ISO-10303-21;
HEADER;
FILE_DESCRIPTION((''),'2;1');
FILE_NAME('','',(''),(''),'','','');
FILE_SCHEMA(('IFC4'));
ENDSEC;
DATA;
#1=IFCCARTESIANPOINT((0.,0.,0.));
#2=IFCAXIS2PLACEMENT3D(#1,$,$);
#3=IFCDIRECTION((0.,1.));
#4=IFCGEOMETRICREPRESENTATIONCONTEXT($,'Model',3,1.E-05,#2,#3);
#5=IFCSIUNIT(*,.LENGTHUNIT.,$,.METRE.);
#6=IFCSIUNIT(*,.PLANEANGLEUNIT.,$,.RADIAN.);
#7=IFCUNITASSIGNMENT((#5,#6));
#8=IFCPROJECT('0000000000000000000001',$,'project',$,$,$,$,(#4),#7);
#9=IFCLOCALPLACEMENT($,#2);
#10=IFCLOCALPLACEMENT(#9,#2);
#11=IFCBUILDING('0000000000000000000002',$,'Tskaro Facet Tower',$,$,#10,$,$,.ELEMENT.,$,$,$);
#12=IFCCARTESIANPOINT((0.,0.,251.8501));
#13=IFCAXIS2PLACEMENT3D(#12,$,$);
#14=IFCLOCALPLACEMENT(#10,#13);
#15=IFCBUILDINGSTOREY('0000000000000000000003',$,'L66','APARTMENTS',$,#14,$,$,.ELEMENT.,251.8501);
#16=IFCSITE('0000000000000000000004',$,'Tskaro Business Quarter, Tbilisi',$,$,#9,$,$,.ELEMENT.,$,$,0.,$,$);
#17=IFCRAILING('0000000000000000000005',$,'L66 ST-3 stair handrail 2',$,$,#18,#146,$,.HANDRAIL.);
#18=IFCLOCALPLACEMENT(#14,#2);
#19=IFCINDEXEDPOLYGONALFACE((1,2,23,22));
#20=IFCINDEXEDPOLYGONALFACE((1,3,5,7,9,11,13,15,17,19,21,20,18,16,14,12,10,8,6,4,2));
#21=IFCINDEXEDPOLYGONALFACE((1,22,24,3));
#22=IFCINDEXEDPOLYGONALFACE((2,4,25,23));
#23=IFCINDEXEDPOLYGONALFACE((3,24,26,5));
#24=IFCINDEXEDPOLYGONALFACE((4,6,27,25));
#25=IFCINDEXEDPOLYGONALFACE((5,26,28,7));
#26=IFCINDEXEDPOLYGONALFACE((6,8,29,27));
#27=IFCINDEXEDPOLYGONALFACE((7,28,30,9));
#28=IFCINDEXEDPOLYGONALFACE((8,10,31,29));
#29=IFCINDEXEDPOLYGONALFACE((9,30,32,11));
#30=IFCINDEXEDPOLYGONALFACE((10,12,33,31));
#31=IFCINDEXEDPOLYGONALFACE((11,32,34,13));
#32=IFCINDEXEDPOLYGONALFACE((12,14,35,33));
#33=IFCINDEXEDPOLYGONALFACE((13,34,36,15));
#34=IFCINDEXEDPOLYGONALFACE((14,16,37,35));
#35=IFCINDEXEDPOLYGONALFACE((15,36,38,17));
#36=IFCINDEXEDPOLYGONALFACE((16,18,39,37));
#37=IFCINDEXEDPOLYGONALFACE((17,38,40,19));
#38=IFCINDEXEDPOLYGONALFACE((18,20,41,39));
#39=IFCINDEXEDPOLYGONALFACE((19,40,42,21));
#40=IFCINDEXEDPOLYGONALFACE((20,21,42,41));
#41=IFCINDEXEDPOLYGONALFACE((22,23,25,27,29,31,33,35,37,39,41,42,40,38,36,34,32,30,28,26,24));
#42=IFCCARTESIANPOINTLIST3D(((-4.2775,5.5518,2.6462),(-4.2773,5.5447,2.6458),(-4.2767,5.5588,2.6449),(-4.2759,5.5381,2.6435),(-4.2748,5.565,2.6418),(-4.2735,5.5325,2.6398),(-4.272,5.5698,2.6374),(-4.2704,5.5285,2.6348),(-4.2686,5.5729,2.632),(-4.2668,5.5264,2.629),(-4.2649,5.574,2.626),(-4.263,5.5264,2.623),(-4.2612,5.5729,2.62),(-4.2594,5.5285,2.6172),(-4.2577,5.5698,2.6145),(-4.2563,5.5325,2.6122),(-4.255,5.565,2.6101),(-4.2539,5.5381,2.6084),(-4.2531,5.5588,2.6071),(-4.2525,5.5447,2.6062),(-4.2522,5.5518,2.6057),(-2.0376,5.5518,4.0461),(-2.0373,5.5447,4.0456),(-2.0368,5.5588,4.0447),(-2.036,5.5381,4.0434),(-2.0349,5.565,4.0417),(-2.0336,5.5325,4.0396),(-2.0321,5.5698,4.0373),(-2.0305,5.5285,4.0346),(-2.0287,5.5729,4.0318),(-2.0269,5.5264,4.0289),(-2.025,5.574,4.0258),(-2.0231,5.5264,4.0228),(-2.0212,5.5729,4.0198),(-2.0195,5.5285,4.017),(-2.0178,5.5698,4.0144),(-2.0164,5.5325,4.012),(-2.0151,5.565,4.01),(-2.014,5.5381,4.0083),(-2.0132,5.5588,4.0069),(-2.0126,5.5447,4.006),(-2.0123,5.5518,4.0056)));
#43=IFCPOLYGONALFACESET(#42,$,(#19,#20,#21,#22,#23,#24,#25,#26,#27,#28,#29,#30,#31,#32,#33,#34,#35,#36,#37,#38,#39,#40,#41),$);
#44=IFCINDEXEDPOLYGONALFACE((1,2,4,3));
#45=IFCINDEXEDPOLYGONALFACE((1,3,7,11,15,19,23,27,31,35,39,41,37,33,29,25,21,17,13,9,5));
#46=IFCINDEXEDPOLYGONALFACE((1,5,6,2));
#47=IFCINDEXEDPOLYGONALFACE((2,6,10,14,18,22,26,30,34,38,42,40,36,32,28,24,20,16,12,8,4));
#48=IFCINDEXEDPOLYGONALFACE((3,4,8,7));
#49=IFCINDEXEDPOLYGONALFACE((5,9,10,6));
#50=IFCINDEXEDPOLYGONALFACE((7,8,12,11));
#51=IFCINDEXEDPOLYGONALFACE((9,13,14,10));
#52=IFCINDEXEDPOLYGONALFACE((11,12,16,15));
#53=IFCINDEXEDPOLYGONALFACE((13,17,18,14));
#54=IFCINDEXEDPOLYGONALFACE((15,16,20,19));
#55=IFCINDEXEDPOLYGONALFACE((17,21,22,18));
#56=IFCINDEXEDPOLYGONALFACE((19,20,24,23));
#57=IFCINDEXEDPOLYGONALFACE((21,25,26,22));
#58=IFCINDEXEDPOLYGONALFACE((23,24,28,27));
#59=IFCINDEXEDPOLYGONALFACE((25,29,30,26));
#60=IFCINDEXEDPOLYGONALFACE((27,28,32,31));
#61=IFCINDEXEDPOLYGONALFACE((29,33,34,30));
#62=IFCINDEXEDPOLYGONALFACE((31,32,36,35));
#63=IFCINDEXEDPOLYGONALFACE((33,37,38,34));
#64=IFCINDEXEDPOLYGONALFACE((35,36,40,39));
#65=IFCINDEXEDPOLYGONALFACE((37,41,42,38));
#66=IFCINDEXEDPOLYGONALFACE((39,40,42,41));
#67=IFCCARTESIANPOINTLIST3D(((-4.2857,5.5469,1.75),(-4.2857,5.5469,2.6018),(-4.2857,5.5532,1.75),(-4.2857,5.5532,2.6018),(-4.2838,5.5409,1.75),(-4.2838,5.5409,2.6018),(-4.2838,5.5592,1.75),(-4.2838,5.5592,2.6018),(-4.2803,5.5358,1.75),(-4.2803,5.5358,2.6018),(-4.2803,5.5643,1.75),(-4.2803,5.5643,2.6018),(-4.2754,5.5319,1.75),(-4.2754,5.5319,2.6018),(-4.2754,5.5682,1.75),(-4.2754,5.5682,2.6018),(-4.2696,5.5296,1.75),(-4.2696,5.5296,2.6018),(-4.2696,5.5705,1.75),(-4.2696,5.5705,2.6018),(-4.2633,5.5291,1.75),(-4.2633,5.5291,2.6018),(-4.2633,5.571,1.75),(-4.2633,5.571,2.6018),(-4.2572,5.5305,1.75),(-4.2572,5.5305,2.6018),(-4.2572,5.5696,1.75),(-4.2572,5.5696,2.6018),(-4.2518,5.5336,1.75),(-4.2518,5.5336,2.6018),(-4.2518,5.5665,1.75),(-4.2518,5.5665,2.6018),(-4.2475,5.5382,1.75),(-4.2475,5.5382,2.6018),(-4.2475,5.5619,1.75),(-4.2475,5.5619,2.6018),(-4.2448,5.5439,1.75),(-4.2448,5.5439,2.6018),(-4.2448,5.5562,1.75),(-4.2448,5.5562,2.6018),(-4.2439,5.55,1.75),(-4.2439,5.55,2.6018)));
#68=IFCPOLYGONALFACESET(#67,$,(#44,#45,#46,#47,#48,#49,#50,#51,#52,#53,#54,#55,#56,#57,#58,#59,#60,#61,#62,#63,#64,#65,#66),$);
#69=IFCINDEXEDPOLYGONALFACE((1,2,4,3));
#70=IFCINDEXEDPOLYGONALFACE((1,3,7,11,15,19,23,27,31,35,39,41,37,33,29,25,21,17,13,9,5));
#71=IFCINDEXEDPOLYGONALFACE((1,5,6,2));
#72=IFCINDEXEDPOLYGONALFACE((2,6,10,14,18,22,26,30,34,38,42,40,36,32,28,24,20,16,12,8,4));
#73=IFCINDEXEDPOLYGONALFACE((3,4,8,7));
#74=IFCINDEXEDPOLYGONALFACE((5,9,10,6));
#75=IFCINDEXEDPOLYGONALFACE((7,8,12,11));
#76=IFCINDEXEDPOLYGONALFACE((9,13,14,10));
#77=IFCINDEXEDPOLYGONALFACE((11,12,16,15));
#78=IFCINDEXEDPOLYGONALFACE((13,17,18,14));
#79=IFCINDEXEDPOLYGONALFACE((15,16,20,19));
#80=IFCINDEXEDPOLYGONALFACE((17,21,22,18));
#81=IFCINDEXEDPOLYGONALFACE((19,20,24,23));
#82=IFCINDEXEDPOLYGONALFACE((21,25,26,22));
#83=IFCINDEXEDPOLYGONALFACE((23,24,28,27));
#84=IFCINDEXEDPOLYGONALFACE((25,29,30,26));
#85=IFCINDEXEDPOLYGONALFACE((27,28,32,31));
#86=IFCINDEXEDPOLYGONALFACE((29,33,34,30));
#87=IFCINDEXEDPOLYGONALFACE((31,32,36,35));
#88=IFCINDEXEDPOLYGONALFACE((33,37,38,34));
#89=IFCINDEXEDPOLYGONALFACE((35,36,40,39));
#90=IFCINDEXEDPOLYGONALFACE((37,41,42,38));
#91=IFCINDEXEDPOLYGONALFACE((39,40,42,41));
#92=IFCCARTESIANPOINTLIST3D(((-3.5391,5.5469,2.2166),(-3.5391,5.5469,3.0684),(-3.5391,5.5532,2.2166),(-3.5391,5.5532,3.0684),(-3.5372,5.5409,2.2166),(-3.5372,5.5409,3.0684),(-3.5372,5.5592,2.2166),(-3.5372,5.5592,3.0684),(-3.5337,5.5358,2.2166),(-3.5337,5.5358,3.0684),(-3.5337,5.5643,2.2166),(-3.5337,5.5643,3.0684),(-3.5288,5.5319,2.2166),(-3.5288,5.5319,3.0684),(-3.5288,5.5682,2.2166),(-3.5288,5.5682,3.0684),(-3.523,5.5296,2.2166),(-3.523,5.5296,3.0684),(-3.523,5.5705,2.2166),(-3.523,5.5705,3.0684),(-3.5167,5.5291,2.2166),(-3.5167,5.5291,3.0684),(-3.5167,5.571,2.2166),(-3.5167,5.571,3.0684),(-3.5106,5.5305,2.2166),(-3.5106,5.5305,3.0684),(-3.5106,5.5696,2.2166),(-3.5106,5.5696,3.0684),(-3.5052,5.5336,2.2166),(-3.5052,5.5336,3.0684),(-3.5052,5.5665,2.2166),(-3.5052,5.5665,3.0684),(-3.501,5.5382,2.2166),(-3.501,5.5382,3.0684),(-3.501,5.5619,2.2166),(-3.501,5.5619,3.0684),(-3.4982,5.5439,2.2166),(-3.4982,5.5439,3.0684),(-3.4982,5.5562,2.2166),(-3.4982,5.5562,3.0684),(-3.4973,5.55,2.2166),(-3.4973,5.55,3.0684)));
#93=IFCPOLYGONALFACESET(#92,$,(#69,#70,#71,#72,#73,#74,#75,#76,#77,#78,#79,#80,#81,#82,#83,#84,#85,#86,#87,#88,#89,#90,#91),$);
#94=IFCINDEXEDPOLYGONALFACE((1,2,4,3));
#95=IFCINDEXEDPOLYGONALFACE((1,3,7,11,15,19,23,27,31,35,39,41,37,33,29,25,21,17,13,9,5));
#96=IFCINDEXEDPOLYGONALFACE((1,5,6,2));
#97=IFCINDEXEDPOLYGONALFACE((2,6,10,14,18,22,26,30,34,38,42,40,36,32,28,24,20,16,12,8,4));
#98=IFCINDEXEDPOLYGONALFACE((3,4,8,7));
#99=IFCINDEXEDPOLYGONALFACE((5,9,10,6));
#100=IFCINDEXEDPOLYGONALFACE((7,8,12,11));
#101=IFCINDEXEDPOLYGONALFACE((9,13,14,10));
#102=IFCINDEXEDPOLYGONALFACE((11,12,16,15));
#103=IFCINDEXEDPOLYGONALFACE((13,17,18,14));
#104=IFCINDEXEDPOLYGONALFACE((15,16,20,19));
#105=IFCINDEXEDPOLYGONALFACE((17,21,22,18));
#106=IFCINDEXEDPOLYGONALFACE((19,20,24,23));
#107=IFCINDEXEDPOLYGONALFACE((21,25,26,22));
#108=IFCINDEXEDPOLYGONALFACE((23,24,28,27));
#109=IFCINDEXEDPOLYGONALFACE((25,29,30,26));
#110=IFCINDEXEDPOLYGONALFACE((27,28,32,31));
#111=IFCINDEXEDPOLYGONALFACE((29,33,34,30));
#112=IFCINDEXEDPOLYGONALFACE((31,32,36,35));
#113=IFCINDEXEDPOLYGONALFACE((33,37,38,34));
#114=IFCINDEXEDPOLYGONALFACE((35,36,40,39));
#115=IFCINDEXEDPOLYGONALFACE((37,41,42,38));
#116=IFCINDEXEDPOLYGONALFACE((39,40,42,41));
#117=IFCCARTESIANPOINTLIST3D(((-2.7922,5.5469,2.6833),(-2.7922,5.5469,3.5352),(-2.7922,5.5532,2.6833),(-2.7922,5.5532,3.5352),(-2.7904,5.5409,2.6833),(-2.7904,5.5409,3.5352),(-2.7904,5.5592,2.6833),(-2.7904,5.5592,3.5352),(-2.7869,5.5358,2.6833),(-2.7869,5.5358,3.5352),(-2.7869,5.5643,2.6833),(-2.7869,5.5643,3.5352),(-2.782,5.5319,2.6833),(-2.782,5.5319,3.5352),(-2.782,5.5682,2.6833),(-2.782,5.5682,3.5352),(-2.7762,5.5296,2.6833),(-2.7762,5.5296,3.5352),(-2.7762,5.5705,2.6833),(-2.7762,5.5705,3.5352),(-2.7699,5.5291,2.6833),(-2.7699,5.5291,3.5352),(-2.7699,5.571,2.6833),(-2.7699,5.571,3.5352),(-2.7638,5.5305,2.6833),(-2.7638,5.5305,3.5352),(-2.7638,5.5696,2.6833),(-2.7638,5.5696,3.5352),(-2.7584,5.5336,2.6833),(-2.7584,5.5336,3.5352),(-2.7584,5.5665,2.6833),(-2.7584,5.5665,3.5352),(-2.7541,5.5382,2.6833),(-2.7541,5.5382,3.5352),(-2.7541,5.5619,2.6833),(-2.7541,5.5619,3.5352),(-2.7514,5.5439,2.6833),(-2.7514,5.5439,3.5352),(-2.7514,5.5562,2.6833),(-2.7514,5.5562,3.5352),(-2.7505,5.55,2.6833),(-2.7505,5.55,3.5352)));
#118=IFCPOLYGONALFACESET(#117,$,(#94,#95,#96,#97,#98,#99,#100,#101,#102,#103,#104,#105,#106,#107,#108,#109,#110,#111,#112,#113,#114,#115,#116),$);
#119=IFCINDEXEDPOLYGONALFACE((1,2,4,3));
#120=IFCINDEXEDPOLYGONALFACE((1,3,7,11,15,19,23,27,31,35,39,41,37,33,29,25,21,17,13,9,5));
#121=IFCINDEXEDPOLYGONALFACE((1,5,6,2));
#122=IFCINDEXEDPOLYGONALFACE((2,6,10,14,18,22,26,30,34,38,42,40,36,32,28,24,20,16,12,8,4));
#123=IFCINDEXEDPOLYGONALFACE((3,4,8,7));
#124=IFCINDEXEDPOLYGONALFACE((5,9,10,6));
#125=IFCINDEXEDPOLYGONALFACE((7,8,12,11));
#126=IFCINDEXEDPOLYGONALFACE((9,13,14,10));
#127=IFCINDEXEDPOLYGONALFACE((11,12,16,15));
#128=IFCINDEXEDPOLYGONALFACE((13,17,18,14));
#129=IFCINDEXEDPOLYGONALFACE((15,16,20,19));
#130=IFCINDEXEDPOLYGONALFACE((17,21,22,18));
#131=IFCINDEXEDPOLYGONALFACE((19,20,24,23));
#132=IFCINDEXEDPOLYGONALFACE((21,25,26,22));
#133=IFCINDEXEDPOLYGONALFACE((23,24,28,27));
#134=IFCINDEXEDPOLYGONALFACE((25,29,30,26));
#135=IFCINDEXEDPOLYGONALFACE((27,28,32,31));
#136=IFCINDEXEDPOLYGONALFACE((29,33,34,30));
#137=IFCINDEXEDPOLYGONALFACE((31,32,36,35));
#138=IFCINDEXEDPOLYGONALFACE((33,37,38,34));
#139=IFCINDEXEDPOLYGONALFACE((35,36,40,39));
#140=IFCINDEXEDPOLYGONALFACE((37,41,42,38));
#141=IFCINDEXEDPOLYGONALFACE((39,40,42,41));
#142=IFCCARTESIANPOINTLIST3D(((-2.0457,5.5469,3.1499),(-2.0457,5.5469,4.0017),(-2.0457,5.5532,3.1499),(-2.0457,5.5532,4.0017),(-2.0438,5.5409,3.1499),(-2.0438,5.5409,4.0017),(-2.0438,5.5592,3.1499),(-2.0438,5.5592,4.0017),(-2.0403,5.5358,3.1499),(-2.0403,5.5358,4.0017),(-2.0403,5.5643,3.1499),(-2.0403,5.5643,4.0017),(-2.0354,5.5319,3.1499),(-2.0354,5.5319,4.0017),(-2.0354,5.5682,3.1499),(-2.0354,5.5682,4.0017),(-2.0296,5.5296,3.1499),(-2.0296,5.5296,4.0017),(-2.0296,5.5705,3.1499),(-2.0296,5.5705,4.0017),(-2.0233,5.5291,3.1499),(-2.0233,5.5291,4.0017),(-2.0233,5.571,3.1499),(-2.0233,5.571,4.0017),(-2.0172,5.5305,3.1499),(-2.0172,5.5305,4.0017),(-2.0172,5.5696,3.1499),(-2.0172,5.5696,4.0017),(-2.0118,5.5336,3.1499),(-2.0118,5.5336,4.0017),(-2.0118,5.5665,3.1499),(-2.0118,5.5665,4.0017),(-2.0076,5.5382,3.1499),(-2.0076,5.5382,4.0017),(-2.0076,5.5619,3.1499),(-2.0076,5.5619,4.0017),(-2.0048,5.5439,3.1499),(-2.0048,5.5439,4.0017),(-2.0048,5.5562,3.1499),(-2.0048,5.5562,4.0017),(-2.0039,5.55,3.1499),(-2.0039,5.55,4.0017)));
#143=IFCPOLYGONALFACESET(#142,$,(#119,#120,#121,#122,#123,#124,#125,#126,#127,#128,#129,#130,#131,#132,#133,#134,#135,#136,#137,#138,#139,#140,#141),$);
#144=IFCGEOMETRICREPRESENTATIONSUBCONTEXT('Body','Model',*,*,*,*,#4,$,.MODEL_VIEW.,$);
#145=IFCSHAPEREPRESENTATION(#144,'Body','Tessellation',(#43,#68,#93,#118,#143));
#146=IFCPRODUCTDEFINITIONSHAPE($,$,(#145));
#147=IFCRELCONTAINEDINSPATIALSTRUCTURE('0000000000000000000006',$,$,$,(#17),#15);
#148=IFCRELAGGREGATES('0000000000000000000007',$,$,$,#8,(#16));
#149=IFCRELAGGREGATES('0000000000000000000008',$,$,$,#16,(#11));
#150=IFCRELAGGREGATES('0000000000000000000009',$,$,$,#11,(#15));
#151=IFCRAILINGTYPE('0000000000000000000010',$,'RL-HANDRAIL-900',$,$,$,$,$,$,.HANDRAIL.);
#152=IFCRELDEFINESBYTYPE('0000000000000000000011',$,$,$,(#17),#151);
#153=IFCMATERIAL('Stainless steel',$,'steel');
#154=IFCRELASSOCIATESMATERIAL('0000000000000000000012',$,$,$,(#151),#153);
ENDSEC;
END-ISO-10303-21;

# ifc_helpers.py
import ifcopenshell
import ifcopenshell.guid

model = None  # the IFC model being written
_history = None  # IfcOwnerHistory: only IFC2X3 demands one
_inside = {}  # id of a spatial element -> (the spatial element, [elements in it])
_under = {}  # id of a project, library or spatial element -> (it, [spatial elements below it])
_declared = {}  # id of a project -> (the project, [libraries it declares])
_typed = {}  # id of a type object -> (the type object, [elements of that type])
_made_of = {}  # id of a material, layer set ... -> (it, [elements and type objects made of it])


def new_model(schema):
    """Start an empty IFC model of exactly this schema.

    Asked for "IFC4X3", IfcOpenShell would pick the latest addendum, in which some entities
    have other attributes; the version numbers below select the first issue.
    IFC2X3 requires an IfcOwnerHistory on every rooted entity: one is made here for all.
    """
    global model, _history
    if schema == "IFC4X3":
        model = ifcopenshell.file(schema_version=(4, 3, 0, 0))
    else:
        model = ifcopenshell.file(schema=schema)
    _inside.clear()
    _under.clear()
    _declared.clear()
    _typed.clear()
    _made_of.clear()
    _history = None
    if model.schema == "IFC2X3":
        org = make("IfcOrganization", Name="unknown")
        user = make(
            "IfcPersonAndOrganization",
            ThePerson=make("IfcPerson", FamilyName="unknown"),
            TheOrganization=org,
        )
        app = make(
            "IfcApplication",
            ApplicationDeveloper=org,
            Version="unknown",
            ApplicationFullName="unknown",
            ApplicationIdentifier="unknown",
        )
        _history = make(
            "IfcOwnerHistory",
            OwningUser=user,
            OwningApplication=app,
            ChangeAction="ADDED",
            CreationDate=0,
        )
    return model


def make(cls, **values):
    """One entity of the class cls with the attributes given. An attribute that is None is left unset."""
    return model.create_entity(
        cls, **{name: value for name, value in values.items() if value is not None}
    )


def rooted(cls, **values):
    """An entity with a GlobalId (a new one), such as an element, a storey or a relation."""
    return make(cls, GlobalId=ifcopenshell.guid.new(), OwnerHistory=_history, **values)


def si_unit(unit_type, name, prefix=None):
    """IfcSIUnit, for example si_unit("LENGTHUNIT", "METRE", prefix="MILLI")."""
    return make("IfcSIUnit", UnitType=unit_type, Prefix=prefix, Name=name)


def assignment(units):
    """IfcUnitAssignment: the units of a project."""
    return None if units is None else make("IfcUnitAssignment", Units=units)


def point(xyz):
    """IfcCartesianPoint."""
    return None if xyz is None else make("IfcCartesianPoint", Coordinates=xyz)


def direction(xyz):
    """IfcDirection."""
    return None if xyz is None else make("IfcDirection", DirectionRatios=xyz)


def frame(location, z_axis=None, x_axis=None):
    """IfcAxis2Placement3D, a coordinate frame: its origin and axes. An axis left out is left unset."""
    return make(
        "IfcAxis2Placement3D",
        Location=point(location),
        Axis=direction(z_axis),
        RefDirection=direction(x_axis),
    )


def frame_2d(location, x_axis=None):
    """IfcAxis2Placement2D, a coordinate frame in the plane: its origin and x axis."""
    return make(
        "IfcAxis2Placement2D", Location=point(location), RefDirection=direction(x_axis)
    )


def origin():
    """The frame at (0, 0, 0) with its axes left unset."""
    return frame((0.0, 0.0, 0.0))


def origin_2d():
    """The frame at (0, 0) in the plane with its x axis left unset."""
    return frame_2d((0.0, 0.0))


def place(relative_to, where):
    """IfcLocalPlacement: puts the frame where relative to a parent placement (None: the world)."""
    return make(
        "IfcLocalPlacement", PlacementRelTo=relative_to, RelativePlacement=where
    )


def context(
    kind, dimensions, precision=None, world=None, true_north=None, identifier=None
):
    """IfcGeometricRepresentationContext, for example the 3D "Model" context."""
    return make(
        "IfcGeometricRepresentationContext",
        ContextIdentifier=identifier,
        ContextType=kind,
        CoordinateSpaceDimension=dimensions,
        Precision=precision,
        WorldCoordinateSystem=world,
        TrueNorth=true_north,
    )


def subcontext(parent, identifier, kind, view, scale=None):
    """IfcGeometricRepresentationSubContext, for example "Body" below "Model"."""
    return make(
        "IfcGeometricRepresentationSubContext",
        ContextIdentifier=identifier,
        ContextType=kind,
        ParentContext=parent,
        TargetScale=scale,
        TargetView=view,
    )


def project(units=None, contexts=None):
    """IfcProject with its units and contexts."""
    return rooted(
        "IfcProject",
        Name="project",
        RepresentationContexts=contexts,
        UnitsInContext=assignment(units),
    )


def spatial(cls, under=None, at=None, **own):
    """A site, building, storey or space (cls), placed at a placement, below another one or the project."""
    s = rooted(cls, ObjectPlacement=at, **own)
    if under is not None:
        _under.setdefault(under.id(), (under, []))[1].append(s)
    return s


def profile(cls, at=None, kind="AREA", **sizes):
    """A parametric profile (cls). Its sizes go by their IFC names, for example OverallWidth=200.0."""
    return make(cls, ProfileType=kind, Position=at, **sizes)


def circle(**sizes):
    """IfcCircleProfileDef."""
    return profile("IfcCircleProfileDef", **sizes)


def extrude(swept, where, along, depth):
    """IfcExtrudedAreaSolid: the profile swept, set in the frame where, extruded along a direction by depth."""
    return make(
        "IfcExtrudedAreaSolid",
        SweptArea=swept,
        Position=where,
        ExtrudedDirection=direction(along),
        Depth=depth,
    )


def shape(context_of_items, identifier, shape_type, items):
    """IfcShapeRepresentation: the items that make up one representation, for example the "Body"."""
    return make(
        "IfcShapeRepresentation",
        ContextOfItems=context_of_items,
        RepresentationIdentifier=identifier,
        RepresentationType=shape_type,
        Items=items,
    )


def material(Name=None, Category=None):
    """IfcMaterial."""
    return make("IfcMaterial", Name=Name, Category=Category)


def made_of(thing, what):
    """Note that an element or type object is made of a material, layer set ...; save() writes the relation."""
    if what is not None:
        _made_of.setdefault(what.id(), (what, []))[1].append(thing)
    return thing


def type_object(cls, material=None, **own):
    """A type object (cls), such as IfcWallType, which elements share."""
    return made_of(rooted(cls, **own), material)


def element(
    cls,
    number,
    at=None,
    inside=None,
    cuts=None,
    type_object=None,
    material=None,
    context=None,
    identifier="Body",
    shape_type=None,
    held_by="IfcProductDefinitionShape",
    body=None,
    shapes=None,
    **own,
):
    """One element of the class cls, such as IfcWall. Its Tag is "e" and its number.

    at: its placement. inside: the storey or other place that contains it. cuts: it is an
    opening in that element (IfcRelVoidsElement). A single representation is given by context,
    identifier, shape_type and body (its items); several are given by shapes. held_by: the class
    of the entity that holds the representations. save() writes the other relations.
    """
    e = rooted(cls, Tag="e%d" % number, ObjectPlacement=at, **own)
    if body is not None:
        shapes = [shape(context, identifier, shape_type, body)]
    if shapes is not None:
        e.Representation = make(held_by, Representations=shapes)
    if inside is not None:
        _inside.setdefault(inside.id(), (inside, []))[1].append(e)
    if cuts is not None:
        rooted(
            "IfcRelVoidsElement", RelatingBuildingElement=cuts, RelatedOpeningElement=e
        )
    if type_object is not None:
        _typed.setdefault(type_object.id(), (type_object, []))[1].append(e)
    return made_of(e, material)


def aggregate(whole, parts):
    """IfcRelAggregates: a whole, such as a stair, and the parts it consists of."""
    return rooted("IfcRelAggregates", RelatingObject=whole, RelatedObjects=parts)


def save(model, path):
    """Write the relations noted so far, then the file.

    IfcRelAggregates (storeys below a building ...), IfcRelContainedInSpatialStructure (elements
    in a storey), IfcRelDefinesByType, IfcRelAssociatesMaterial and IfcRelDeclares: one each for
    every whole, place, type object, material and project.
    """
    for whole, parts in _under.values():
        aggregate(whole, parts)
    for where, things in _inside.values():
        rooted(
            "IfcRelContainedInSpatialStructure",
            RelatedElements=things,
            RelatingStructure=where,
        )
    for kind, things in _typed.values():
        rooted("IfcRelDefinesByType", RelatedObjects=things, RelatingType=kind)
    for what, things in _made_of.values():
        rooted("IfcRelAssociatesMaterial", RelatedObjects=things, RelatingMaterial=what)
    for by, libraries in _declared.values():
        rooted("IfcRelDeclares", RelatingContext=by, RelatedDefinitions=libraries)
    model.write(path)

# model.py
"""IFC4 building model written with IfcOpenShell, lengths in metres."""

from ifc_helpers import new_model, si_unit, direction, frame, origin, origin_2d, place, context, subcontext, project, spatial, circle, extrude, material, type_object, element, save


model = new_model("IFC4")

# Units and contexts
model_context = context("Model", 3, precision=1e-05, world=origin(), true_north=direction((0.0, 1.0)))
body_context = subcontext(model_context, "Body", "Model", "MODEL_VIEW")
ifc_project = project(units=[si_unit("LENGTHUNIT", "METRE"), si_unit("PLANEANGLEUNIT", "RADIAN")], contexts=[model_context])

# Site, building, storey
site_placement = place(None, origin())
site = spatial("IfcSite", under=ifc_project, at=site_placement, Name="Tskaro Business Quarter, Tbilisi", CompositionType="ELEMENT", RefElevation=0.0)
building_placement = place(site_placement, origin())
building = spatial("IfcBuilding", under=site, at=building_placement, Name="Tskaro Facet Tower", CompositionType="ELEMENT")
storey_placement = place(building_placement, frame((0.0, 0.0, 251.8501)))
storey = spatial("IfcBuildingStorey", under=building, at=storey_placement, Name="L66", Description="APARTMENTS", CompositionType="ELEMENT", Elevation=251.8501)

# Railing
ifc_material_1 = material(Name="Stainless steel", Category="steel")
railing_type_1 = type_object("IfcRailingType", Name="RL-HANDRAIL-900", PredefinedType="HANDRAIL", material=ifc_material_1)
railing_1_placement = place(storey_placement, frame((-4.2649, 5.55, 1.75)))
element("IfcRailing", 1, at=railing_1_placement, inside=storey, type_object=railing_type_1, Name="L66 ST-3 stair handrail 2", PredefinedType="HANDRAIL", context=body_context, shape_type="SweptSolid", body=[
    extrude(circle(Radius=0.0239, at=origin_2d()), frame((0.0, 0.0, 0.876), z_axis=(0.848014, 0.0, 0.529974), x_axis=(0.0, 1.0, 0.0)), (0.0, 0.0, 1.0), 2.6414),
    extrude(circle(Radius=0.021, at=origin_2d()), origin(), (0.0, 0.0, 1.0), 0.8518),
    extrude(circle(Radius=0.021, at=origin_2d()), frame((0.7466, 0.0, 0.4666)), (0.0, 0.0, 1.0), 0.8518),
    extrude(circle(Radius=0.021, at=origin_2d()), frame((1.4934, 0.0, 0.9333)), (0.0, 0.0, 1.0), 0.8518),
    extrude(circle(Radius=0.021, at=origin_2d()), frame((2.24, 0.0, 1.3999)), (0.0, 0.0, 1.0), 0.8518),
])

save(model, "model.ifc")
